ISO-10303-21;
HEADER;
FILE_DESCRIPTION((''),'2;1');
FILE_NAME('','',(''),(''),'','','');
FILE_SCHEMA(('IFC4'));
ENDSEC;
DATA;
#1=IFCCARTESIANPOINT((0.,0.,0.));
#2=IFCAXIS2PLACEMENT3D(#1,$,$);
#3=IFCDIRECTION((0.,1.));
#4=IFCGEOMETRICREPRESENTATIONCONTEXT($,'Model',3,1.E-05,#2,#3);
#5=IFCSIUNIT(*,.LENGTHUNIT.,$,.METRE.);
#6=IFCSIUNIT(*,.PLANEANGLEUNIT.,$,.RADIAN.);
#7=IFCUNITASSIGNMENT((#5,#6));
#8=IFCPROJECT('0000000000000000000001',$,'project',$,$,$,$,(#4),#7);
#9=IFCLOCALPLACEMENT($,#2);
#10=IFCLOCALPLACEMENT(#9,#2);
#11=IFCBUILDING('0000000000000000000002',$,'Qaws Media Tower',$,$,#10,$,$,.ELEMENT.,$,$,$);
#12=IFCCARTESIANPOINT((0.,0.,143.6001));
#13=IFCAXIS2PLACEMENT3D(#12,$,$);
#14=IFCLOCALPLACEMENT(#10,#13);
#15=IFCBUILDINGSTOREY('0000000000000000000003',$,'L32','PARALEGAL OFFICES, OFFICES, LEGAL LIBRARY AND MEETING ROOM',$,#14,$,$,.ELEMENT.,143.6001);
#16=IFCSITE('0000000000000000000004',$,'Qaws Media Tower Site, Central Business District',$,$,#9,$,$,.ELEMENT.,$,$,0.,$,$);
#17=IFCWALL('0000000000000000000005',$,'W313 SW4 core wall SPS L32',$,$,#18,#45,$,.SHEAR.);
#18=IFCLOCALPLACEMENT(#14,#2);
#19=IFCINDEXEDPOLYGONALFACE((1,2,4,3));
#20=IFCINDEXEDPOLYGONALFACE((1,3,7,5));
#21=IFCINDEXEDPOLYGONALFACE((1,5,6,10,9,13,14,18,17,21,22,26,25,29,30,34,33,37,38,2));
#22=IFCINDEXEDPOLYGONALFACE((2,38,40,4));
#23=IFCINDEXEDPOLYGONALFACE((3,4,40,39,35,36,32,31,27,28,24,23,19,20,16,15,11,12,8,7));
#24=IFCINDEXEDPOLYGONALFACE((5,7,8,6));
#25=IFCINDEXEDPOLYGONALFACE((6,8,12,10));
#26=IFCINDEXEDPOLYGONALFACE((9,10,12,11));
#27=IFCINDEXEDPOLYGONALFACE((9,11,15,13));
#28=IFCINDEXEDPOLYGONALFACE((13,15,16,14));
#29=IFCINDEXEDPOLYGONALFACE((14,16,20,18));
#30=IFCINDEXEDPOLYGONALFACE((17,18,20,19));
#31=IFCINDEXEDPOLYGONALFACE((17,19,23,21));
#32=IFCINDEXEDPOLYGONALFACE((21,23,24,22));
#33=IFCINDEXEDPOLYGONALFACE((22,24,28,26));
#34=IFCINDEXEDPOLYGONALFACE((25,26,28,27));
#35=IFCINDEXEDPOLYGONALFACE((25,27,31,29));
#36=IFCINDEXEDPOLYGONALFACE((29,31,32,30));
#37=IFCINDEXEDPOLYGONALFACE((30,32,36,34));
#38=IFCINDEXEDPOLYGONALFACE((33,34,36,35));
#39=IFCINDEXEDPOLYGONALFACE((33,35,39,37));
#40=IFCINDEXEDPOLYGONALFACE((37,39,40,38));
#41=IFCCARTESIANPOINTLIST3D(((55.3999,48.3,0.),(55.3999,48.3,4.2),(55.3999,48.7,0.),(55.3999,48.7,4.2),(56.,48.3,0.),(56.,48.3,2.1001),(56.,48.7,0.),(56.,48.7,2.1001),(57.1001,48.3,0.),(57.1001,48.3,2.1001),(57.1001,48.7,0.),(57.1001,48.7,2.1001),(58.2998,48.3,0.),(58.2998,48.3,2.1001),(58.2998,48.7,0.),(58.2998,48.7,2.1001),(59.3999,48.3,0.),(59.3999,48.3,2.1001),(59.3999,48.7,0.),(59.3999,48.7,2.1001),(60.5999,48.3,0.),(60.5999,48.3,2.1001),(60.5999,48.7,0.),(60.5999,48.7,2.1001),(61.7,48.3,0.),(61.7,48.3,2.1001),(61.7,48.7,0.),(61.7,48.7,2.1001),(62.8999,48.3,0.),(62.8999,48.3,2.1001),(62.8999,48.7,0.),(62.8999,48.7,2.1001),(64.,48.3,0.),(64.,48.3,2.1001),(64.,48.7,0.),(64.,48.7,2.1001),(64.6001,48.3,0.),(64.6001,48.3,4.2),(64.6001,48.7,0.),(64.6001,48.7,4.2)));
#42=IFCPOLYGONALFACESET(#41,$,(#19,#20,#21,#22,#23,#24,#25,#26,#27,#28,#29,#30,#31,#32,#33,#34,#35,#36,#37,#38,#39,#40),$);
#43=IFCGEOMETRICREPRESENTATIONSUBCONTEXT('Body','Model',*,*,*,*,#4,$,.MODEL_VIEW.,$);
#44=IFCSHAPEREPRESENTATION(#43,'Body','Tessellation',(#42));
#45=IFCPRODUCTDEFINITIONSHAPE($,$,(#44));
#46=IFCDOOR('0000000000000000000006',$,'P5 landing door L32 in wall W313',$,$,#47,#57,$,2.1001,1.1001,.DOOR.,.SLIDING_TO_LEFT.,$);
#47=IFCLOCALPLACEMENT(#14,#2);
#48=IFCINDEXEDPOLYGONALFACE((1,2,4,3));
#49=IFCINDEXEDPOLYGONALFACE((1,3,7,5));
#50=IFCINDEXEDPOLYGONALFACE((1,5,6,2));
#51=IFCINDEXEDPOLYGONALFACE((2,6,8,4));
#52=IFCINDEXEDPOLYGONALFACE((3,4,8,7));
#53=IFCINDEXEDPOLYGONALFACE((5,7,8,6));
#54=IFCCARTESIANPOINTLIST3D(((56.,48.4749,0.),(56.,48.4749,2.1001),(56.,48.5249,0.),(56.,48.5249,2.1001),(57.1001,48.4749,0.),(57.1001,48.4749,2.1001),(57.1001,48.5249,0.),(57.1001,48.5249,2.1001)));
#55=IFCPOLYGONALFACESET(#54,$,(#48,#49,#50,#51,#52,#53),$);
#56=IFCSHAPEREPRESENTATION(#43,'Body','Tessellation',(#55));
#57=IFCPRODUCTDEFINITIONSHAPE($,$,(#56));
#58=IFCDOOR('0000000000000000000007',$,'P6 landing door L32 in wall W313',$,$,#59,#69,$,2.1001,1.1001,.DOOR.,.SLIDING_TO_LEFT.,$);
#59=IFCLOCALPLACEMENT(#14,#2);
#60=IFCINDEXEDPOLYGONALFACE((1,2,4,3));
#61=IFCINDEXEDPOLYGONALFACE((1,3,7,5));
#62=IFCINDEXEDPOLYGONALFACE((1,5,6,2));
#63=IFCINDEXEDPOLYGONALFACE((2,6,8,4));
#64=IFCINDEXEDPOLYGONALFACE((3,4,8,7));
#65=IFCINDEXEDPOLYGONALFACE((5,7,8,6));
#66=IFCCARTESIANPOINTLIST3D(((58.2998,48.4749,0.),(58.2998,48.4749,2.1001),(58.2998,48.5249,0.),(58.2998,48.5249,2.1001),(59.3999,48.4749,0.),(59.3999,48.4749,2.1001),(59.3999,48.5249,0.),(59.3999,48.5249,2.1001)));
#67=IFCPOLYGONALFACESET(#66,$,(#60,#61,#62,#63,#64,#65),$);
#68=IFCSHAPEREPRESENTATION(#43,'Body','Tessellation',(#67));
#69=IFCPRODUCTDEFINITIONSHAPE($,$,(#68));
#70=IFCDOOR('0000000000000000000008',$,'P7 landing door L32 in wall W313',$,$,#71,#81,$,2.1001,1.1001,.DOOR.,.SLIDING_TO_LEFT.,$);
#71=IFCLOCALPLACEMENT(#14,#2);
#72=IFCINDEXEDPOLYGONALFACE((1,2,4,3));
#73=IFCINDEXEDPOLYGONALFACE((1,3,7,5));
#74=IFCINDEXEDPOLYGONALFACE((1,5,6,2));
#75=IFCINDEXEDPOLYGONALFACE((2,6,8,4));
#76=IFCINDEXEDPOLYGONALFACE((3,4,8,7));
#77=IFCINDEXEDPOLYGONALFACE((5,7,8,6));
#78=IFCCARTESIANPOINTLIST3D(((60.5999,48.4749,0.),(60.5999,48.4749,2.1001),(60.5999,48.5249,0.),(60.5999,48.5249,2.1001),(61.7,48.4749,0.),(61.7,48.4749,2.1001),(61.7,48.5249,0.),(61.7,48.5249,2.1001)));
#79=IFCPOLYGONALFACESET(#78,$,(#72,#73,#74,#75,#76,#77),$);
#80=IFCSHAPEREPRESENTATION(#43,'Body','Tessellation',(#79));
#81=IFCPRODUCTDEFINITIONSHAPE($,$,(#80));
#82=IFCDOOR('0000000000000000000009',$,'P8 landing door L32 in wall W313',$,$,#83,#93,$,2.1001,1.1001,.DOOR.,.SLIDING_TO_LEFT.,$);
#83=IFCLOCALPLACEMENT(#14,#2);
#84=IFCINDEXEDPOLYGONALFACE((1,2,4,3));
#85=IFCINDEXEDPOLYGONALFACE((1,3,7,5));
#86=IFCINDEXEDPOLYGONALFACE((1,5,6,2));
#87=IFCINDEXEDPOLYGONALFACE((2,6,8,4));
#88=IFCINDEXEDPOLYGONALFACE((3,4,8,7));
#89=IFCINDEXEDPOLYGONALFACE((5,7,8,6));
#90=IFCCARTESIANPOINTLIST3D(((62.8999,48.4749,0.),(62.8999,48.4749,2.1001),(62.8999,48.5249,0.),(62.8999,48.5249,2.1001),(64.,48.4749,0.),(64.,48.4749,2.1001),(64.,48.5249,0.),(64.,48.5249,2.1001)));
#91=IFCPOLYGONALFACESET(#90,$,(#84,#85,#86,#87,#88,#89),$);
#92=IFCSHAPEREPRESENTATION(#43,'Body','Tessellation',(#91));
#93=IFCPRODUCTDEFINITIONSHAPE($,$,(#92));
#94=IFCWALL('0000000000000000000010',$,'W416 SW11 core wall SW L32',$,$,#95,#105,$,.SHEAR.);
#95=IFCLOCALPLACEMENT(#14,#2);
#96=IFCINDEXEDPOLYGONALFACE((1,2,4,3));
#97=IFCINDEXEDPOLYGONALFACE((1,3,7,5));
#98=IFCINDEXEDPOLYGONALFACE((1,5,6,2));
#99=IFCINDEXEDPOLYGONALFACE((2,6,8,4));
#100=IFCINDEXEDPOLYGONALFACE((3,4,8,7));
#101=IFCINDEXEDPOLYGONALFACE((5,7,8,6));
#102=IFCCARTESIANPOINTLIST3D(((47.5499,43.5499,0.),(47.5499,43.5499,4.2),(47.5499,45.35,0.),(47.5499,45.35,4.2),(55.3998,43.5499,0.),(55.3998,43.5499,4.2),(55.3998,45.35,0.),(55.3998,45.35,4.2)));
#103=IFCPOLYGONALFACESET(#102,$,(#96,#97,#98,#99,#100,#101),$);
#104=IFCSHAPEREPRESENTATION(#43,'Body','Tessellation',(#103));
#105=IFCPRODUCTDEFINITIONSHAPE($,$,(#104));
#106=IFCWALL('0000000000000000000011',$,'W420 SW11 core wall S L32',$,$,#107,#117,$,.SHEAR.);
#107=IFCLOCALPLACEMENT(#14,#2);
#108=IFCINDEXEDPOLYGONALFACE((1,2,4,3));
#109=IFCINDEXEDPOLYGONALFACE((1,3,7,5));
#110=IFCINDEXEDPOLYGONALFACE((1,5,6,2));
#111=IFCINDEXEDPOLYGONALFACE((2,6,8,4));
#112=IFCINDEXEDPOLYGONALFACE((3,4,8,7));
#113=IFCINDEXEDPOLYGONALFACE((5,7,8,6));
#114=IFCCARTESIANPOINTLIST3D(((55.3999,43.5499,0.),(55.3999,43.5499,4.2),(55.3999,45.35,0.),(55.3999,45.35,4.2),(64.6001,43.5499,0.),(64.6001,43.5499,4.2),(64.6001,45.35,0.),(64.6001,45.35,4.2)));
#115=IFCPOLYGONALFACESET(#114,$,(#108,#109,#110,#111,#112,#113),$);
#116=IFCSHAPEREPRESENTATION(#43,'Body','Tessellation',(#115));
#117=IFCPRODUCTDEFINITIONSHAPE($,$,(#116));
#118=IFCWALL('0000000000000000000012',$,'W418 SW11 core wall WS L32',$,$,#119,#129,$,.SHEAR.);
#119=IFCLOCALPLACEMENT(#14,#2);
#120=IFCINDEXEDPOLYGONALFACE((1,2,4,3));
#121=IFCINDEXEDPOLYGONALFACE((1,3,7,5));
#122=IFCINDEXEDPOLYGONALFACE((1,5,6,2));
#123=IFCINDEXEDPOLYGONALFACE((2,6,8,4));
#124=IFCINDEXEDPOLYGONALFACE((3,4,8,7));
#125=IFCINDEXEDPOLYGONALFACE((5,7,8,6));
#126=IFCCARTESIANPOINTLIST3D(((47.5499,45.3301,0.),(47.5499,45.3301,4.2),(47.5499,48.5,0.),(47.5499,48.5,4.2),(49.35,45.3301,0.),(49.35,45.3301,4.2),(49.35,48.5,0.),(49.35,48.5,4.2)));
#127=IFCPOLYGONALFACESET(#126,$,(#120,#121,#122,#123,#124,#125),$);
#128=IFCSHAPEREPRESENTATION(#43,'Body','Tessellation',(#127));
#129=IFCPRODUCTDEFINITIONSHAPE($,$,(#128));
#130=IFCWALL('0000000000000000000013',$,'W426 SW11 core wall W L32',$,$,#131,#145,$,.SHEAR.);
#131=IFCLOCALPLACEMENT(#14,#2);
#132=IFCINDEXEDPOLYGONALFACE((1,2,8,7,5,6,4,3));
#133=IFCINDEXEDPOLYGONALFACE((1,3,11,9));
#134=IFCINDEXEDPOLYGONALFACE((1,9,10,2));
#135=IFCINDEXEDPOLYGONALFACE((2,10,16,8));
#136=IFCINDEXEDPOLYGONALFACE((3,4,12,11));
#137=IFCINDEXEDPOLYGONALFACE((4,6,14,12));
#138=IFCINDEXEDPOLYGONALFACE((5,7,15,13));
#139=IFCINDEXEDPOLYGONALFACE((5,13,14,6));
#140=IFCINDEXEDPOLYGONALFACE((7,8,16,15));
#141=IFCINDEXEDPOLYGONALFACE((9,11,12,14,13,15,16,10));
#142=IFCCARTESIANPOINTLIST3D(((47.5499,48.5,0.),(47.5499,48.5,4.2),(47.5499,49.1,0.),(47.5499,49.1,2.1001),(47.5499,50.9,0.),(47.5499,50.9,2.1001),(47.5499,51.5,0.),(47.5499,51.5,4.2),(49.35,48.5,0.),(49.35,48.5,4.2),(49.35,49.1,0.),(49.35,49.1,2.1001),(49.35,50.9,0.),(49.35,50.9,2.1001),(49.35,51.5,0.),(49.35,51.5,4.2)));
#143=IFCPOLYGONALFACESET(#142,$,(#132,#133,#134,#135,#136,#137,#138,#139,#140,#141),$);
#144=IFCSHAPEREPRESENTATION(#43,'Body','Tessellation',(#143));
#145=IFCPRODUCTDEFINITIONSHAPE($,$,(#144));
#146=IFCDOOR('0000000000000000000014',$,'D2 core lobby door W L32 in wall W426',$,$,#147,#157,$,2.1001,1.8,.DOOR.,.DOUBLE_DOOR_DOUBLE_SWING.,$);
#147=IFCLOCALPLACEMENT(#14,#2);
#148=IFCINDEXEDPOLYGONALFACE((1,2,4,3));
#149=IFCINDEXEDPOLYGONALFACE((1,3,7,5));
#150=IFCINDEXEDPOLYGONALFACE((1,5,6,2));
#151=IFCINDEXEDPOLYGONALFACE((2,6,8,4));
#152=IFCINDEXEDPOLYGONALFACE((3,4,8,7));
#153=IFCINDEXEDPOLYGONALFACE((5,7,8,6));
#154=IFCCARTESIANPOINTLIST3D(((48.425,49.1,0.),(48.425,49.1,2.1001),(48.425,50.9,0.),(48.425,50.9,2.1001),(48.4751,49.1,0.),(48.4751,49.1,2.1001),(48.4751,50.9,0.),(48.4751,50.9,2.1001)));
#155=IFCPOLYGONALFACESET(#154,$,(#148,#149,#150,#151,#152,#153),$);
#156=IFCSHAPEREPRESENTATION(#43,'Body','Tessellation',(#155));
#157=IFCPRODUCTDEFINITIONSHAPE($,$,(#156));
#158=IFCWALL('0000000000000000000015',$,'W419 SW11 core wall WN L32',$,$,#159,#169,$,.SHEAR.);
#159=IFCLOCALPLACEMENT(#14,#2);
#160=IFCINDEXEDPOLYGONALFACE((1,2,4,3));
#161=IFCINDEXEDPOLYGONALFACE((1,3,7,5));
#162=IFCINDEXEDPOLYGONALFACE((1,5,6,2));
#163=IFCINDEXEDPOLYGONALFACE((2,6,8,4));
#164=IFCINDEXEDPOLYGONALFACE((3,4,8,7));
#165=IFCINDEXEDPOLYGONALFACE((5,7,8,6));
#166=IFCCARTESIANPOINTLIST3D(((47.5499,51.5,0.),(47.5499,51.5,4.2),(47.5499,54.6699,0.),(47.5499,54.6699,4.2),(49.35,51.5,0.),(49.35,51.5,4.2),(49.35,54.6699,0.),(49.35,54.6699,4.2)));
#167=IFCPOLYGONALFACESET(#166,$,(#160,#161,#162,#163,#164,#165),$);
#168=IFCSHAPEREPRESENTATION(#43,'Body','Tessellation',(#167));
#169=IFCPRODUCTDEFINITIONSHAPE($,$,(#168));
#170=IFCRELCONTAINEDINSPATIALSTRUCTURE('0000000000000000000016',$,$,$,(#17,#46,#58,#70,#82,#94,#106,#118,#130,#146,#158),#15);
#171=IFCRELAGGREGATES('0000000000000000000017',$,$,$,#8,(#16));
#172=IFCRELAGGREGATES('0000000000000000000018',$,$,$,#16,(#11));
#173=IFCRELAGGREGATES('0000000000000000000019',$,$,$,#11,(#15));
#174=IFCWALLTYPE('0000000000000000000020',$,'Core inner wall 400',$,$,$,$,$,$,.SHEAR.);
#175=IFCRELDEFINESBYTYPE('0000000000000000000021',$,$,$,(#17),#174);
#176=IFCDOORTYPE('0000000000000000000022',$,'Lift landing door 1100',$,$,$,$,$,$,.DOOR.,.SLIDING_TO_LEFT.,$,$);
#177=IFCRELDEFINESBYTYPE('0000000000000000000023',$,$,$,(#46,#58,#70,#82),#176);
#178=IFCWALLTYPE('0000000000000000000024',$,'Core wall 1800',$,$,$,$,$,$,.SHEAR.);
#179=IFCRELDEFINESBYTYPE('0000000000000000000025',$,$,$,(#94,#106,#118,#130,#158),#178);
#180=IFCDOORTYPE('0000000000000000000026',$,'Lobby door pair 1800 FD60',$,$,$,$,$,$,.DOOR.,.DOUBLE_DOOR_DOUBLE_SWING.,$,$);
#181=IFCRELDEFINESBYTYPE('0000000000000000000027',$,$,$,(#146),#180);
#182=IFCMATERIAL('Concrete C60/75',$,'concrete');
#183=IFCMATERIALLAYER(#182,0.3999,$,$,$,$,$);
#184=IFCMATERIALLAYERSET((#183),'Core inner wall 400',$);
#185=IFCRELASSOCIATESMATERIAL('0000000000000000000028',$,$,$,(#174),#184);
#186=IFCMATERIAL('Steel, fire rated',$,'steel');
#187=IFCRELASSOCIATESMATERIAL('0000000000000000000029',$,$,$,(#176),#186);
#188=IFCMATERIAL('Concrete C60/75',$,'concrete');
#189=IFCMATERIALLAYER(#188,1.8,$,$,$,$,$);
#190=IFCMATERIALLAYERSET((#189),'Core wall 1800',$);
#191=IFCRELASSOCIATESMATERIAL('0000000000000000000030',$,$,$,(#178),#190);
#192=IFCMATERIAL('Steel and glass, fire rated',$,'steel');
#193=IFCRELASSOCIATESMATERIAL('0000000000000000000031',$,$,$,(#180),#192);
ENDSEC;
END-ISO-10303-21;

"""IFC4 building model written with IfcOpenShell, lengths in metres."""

from ifc_helpers import new_model, si_unit, direction, frame, frame_2d, origin, place, context, subcontext, project, spatial, rectangle, extrude, material, layer, layer_set, type_object, element, fill, save


model = new_model("IFC4")

# Units and contexts
model_context = context("Model", 3, precision=1e-05, world=origin(), true_north=direction((0.0, 1.0)))
body_context = subcontext(model_context, "Body", "Model", "MODEL_VIEW")
ifc_project = project(units=[si_unit("LENGTHUNIT", "METRE"), si_unit("PLANEANGLEUNIT", "RADIAN")], contexts=[model_context])

# Site, building, storey
site_placement = place(None, origin())
site = spatial("IfcSite", under=ifc_project, at=site_placement, Name="Qaws Media Tower Site, Central Business District", CompositionType="ELEMENT", RefElevation=0.0)
building_placement = place(site_placement, origin())
building = spatial("IfcBuilding", under=site, at=building_placement, Name="Qaws Media Tower", CompositionType="ELEMENT")
storey_placement = place(building_placement, frame((0.0, 0.0, 143.6001)))
storey = spatial("IfcBuildingStorey", under=building, at=storey_placement, Name="L32", Description="PARALEGAL OFFICES, OFFICES, LEGAL LIBRARY AND MEETING ROOM", CompositionType="ELEMENT", Elevation=143.6001)

# Wall, openings, doors
ifc_material_1 = material(Name="Concrete C60/75", Category="concrete")
ifc_layer_1 = layer(ifc_material_1, 0.3999)
ifc_layer_set_1 = layer_set([ifc_layer_1], Name="Core inner wall 400")
wall_type_1 = type_object("IfcWallType", Name="Core inner wall 400", PredefinedType="SHEAR", material=ifc_layer_set_1)
wall_1_placement = place(storey_placement, frame((55.3999, 48.5, 0.0), z_axis=(0.0, 0.0, 1.0), x_axis=(1.0, 0.0, 0.0)))
wall_1 = element("IfcWall", 1, at=wall_1_placement, inside=storey, type_object=wall_type_1, Name="W313 SW4 core wall SPS L32", PredefinedType="SHEAR", context=body_context, shape_type="SweptSolid", body=[
    extrude(rectangle(XDim=9.2002, YDim=0.3999, at=frame_2d((4.6001, 0.0))), origin(), (0.0, 0.0, 1.0), 4.2),
])
opening_1_placement = place(wall_1_placement, frame((0.6001, 0.0, 0.0)))
opening_1 = element("IfcOpeningElement", 2, at=opening_1_placement, cuts=wall_1, PredefinedType="OPENING", context=body_context, shape_type="SweptSolid", body=[
    extrude(rectangle(XDim=1.1001, YDim=2.1001, at=frame_2d((0.55, 1.05))), frame((0.0, 0.21, 0.0), z_axis=(0.0, -1.0, 0.0), x_axis=(1.0, 0.0, 0.0)), (0.0, 0.0, 1.0), 0.4199),
])
opening_2_placement = place(wall_1_placement, frame((2.8999, 0.0, 0.0)))
opening_2 = element("IfcOpeningElement", 3, at=opening_2_placement, cuts=wall_1, PredefinedType="OPENING", context=body_context, shape_type="SweptSolid", body=[
    extrude(rectangle(XDim=1.1001, YDim=2.1001, at=frame_2d((0.55, 1.05))), frame((0.0, 0.21, 0.0), z_axis=(0.0, -1.0, 0.0), x_axis=(1.0, 0.0, 0.0)), (0.0, 0.0, 1.0), 0.4199),
])
opening_3_placement = place(wall_1_placement, frame((5.2, 0.0, 0.0)))
opening_3 = element("IfcOpeningElement", 4, at=opening_3_placement, cuts=wall_1, PredefinedType="OPENING", context=body_context, shape_type="SweptSolid", body=[
    extrude(rectangle(XDim=1.1001, YDim=2.1001, at=frame_2d((0.55, 1.05))), frame((0.0, 0.21, 0.0), z_axis=(0.0, -1.0, 0.0), x_axis=(1.0, 0.0, 0.0)), (0.0, 0.0, 1.0), 0.4199),
])
opening_4_placement = place(wall_1_placement, frame((7.5, 0.0, 0.0)))
opening_4 = element("IfcOpeningElement", 5, at=opening_4_placement, cuts=wall_1, PredefinedType="OPENING", context=body_context, shape_type="SweptSolid", body=[
    extrude(rectangle(XDim=1.1001, YDim=2.1001, at=frame_2d((0.55, 1.05))), frame((0.0, 0.21, 0.0), z_axis=(0.0, -1.0, 0.0), x_axis=(1.0, 0.0, 0.0)), (0.0, 0.0, 1.0), 0.4199),
])
ifc_material_2 = material(Name="Steel, fire rated", Category="steel")
door_type_1 = type_object("IfcDoorType", Name="Lift landing door 1100", OperationType="SLIDING_TO_LEFT", PredefinedType="DOOR", material=ifc_material_2)
door_1_placement = place(opening_1_placement, origin())
door_1 = element("IfcDoor", 6, at=door_1_placement, inside=storey, type_object=door_type_1, Name="P5 landing door L32 in wall W313", OperationType="SLIDING_TO_LEFT", OverallHeight=2.1001, OverallWidth=1.1001, PredefinedType="DOOR", context=body_context, shape_type="SweptSolid", body=[
    extrude(rectangle(XDim=1.1001, YDim=2.1001, at=frame_2d((0.55, 1.05))), frame((0.0, 0.0249, 0.0), z_axis=(0.0, -1.0, 0.0), x_axis=(1.0, 0.0, 0.0)), (0.0, 0.0, 1.0), 0.05),
])
fill(opening_1, door_1)
door_2_placement = place(opening_2_placement, origin())
door_2 = element("IfcDoor", 7, at=door_2_placement, inside=storey, type_object=door_type_1, Name="P6 landing door L32 in wall W313", OperationType="SLIDING_TO_LEFT", OverallHeight=2.1001, OverallWidth=1.1001, PredefinedType="DOOR", context=body_context, shape_type="SweptSolid", body=[
    extrude(rectangle(XDim=1.1001, YDim=2.1001, at=frame_2d((0.55, 1.05))), frame((0.0, 0.0249, 0.0), z_axis=(0.0, -1.0, 0.0), x_axis=(1.0, 0.0, 0.0)), (0.0, 0.0, 1.0), 0.05),
])
fill(opening_2, door_2)
door_3_placement = place(opening_3_placement, origin())
door_3 = element("IfcDoor", 8, at=door_3_placement, inside=storey, type_object=door_type_1, Name="P7 landing door L32 in wall W313", OperationType="SLIDING_TO_LEFT", OverallHeight=2.1001, OverallWidth=1.1001, PredefinedType="DOOR", context=body_context, shape_type="SweptSolid", body=[
    extrude(rectangle(XDim=1.1001, YDim=2.1001, at=frame_2d((0.55, 1.05))), frame((0.0, 0.0249, 0.0), z_axis=(0.0, -1.0, 0.0), x_axis=(1.0, 0.0, 0.0)), (0.0, 0.0, 1.0), 0.05),
])
fill(opening_3, door_3)
door_4_placement = place(opening_4_placement, origin())
door_4 = element("IfcDoor", 9, at=door_4_placement, inside=storey, type_object=door_type_1, Name="P8 landing door L32 in wall W313", OperationType="SLIDING_TO_LEFT", OverallHeight=2.1001, OverallWidth=1.1001, PredefinedType="DOOR", context=body_context, shape_type="SweptSolid", body=[
    extrude(rectangle(XDim=1.1001, YDim=2.1001, at=frame_2d((0.55, 1.05))), frame((0.0, 0.0249, 0.0), z_axis=(0.0, -1.0, 0.0), x_axis=(1.0, 0.0, 0.0)), (0.0, 0.0, 1.0), 0.05),
])
fill(opening_4, door_4)

# Walls
ifc_material_3 = material(Name="Concrete C60/75", Category="concrete")
ifc_layer_2 = layer(ifc_material_3, 1.8)
ifc_layer_set_2 = layer_set([ifc_layer_2], Name="Core wall 1800")
wall_type_2 = type_object("IfcWallType", Name="Core wall 1800", PredefinedType="SHEAR", material=ifc_layer_set_2)
wall_2_placement = place(storey_placement, frame((47.55, 44.45, 0.0), z_axis=(0.0, 0.0, 1.0), x_axis=(1.0, 0.0, 0.0)))
element("IfcWall", 10, at=wall_2_placement, inside=storey, type_object=wall_type_2, Name="W416 SW11 core wall SW L32", PredefinedType="SHEAR", context=body_context, shape_type="SweptSolid", body=[
    extrude(rectangle(XDim=7.8499, YDim=1.8, at=frame_2d((3.9248, 0.0))), origin(), (0.0, 0.0, 1.0), 4.2),
])
wall_3_placement = place(storey_placement, frame((55.3999, 44.45, 0.0), z_axis=(0.0, 0.0, 1.0), x_axis=(1.0, 0.0, 0.0)))
element("IfcWall", 11, at=wall_3_placement, inside=storey, type_object=wall_type_2, Name="W420 SW11 core wall S L32", PredefinedType="SHEAR", context=body_context, shape_type="SweptSolid", body=[
    extrude(rectangle(XDim=9.2002, YDim=1.8, at=frame_2d((4.6001, 0.0))), origin(), (0.0, 0.0, 1.0), 4.2),
])
wall_4_placement = place(storey_placement, frame((48.45, 45.3301, 0.0), z_axis=(0.0, 0.0, 1.0), x_axis=(0.0, 1.0, 0.0)))
element("IfcWall", 12, at=wall_4_placement, inside=storey, type_object=wall_type_2, Name="W418 SW11 core wall WS L32", PredefinedType="SHEAR", context=body_context, shape_type="SweptSolid", body=[
    extrude(rectangle(XDim=3.1699, YDim=1.8, at=frame_2d((1.585, 0.0))), origin(), (0.0, 0.0, 1.0), 4.2),
])

# Wall, opening, door
wall_5_placement = place(storey_placement, frame((48.45, 48.5, 0.0), z_axis=(0.0, 0.0, 1.0), x_axis=(0.0, 1.0, 0.0)))
wall_5 = element("IfcWall", 13, at=wall_5_placement, inside=storey, type_object=wall_type_2, Name="W426 SW11 core wall W L32", PredefinedType="SHEAR", context=body_context, shape_type="SweptSolid", body=[
    extrude(rectangle(XDim=3.0, YDim=1.8, at=frame_2d((1.5, 0.0))), origin(), (0.0, 0.0, 1.0), 4.2),
])
opening_5_placement = place(wall_5_placement, frame((0.6001, 0.0, 0.0)))
opening_5 = element("IfcOpeningElement", 14, at=opening_5_placement, cuts=wall_5, PredefinedType="OPENING", context=body_context, shape_type="SweptSolid", body=[
    extrude(rectangle(XDim=1.8, YDim=2.1001, at=frame_2d((0.8999, 1.05))), frame((0.0, 0.9099, 0.0), z_axis=(0.0, -1.0, 0.0), x_axis=(1.0, 0.0, 0.0)), (0.0, 0.0, 1.0), 1.8201),
])
ifc_material_4 = material(Name="Steel and glass, fire rated", Category="steel")
door_type_2 = type_object("IfcDoorType", Name="Lobby door pair 1800 FD60", OperationType="DOUBLE_DOOR_DOUBLE_SWING", PredefinedType="DOOR", material=ifc_material_4)
door_5_placement = place(opening_5_placement, origin())
door_5 = element("IfcDoor", 15, at=door_5_placement, inside=storey, type_object=door_type_2, Name="D2 core lobby door W L32 in wall W426", OperationType="DOUBLE_DOOR_DOUBLE_SWING", OverallHeight=2.1001, OverallWidth=1.8, PredefinedType="DOOR", context=body_context, shape_type="SweptSolid", body=[
    extrude(rectangle(XDim=1.8, YDim=2.1001, at=frame_2d((0.8999, 1.05))), frame((0.0, 0.0249, 0.0), z_axis=(0.0, -1.0, 0.0), x_axis=(1.0, 0.0, 0.0)), (0.0, 0.0, 1.0), 0.05),
])
fill(opening_5, door_5)

# Wall
wall_6_placement = place(storey_placement, frame((48.45, 51.5, 0.0), z_axis=(0.0, 0.0, 1.0), x_axis=(0.0, 1.0, 0.0)))
element("IfcWall", 16, at=wall_6_placement, inside=storey, type_object=wall_type_2, Name="W419 SW11 core wall WN L32", PredefinedType="SHEAR", context=body_context, shape_type="SweptSolid", body=[
    extrude(rectangle(XDim=3.1699, YDim=1.8, at=frame_2d((1.585, 0.0))), origin(), (0.0, 0.0, 1.0), 4.2),
])

save(model, "model.ifc")
